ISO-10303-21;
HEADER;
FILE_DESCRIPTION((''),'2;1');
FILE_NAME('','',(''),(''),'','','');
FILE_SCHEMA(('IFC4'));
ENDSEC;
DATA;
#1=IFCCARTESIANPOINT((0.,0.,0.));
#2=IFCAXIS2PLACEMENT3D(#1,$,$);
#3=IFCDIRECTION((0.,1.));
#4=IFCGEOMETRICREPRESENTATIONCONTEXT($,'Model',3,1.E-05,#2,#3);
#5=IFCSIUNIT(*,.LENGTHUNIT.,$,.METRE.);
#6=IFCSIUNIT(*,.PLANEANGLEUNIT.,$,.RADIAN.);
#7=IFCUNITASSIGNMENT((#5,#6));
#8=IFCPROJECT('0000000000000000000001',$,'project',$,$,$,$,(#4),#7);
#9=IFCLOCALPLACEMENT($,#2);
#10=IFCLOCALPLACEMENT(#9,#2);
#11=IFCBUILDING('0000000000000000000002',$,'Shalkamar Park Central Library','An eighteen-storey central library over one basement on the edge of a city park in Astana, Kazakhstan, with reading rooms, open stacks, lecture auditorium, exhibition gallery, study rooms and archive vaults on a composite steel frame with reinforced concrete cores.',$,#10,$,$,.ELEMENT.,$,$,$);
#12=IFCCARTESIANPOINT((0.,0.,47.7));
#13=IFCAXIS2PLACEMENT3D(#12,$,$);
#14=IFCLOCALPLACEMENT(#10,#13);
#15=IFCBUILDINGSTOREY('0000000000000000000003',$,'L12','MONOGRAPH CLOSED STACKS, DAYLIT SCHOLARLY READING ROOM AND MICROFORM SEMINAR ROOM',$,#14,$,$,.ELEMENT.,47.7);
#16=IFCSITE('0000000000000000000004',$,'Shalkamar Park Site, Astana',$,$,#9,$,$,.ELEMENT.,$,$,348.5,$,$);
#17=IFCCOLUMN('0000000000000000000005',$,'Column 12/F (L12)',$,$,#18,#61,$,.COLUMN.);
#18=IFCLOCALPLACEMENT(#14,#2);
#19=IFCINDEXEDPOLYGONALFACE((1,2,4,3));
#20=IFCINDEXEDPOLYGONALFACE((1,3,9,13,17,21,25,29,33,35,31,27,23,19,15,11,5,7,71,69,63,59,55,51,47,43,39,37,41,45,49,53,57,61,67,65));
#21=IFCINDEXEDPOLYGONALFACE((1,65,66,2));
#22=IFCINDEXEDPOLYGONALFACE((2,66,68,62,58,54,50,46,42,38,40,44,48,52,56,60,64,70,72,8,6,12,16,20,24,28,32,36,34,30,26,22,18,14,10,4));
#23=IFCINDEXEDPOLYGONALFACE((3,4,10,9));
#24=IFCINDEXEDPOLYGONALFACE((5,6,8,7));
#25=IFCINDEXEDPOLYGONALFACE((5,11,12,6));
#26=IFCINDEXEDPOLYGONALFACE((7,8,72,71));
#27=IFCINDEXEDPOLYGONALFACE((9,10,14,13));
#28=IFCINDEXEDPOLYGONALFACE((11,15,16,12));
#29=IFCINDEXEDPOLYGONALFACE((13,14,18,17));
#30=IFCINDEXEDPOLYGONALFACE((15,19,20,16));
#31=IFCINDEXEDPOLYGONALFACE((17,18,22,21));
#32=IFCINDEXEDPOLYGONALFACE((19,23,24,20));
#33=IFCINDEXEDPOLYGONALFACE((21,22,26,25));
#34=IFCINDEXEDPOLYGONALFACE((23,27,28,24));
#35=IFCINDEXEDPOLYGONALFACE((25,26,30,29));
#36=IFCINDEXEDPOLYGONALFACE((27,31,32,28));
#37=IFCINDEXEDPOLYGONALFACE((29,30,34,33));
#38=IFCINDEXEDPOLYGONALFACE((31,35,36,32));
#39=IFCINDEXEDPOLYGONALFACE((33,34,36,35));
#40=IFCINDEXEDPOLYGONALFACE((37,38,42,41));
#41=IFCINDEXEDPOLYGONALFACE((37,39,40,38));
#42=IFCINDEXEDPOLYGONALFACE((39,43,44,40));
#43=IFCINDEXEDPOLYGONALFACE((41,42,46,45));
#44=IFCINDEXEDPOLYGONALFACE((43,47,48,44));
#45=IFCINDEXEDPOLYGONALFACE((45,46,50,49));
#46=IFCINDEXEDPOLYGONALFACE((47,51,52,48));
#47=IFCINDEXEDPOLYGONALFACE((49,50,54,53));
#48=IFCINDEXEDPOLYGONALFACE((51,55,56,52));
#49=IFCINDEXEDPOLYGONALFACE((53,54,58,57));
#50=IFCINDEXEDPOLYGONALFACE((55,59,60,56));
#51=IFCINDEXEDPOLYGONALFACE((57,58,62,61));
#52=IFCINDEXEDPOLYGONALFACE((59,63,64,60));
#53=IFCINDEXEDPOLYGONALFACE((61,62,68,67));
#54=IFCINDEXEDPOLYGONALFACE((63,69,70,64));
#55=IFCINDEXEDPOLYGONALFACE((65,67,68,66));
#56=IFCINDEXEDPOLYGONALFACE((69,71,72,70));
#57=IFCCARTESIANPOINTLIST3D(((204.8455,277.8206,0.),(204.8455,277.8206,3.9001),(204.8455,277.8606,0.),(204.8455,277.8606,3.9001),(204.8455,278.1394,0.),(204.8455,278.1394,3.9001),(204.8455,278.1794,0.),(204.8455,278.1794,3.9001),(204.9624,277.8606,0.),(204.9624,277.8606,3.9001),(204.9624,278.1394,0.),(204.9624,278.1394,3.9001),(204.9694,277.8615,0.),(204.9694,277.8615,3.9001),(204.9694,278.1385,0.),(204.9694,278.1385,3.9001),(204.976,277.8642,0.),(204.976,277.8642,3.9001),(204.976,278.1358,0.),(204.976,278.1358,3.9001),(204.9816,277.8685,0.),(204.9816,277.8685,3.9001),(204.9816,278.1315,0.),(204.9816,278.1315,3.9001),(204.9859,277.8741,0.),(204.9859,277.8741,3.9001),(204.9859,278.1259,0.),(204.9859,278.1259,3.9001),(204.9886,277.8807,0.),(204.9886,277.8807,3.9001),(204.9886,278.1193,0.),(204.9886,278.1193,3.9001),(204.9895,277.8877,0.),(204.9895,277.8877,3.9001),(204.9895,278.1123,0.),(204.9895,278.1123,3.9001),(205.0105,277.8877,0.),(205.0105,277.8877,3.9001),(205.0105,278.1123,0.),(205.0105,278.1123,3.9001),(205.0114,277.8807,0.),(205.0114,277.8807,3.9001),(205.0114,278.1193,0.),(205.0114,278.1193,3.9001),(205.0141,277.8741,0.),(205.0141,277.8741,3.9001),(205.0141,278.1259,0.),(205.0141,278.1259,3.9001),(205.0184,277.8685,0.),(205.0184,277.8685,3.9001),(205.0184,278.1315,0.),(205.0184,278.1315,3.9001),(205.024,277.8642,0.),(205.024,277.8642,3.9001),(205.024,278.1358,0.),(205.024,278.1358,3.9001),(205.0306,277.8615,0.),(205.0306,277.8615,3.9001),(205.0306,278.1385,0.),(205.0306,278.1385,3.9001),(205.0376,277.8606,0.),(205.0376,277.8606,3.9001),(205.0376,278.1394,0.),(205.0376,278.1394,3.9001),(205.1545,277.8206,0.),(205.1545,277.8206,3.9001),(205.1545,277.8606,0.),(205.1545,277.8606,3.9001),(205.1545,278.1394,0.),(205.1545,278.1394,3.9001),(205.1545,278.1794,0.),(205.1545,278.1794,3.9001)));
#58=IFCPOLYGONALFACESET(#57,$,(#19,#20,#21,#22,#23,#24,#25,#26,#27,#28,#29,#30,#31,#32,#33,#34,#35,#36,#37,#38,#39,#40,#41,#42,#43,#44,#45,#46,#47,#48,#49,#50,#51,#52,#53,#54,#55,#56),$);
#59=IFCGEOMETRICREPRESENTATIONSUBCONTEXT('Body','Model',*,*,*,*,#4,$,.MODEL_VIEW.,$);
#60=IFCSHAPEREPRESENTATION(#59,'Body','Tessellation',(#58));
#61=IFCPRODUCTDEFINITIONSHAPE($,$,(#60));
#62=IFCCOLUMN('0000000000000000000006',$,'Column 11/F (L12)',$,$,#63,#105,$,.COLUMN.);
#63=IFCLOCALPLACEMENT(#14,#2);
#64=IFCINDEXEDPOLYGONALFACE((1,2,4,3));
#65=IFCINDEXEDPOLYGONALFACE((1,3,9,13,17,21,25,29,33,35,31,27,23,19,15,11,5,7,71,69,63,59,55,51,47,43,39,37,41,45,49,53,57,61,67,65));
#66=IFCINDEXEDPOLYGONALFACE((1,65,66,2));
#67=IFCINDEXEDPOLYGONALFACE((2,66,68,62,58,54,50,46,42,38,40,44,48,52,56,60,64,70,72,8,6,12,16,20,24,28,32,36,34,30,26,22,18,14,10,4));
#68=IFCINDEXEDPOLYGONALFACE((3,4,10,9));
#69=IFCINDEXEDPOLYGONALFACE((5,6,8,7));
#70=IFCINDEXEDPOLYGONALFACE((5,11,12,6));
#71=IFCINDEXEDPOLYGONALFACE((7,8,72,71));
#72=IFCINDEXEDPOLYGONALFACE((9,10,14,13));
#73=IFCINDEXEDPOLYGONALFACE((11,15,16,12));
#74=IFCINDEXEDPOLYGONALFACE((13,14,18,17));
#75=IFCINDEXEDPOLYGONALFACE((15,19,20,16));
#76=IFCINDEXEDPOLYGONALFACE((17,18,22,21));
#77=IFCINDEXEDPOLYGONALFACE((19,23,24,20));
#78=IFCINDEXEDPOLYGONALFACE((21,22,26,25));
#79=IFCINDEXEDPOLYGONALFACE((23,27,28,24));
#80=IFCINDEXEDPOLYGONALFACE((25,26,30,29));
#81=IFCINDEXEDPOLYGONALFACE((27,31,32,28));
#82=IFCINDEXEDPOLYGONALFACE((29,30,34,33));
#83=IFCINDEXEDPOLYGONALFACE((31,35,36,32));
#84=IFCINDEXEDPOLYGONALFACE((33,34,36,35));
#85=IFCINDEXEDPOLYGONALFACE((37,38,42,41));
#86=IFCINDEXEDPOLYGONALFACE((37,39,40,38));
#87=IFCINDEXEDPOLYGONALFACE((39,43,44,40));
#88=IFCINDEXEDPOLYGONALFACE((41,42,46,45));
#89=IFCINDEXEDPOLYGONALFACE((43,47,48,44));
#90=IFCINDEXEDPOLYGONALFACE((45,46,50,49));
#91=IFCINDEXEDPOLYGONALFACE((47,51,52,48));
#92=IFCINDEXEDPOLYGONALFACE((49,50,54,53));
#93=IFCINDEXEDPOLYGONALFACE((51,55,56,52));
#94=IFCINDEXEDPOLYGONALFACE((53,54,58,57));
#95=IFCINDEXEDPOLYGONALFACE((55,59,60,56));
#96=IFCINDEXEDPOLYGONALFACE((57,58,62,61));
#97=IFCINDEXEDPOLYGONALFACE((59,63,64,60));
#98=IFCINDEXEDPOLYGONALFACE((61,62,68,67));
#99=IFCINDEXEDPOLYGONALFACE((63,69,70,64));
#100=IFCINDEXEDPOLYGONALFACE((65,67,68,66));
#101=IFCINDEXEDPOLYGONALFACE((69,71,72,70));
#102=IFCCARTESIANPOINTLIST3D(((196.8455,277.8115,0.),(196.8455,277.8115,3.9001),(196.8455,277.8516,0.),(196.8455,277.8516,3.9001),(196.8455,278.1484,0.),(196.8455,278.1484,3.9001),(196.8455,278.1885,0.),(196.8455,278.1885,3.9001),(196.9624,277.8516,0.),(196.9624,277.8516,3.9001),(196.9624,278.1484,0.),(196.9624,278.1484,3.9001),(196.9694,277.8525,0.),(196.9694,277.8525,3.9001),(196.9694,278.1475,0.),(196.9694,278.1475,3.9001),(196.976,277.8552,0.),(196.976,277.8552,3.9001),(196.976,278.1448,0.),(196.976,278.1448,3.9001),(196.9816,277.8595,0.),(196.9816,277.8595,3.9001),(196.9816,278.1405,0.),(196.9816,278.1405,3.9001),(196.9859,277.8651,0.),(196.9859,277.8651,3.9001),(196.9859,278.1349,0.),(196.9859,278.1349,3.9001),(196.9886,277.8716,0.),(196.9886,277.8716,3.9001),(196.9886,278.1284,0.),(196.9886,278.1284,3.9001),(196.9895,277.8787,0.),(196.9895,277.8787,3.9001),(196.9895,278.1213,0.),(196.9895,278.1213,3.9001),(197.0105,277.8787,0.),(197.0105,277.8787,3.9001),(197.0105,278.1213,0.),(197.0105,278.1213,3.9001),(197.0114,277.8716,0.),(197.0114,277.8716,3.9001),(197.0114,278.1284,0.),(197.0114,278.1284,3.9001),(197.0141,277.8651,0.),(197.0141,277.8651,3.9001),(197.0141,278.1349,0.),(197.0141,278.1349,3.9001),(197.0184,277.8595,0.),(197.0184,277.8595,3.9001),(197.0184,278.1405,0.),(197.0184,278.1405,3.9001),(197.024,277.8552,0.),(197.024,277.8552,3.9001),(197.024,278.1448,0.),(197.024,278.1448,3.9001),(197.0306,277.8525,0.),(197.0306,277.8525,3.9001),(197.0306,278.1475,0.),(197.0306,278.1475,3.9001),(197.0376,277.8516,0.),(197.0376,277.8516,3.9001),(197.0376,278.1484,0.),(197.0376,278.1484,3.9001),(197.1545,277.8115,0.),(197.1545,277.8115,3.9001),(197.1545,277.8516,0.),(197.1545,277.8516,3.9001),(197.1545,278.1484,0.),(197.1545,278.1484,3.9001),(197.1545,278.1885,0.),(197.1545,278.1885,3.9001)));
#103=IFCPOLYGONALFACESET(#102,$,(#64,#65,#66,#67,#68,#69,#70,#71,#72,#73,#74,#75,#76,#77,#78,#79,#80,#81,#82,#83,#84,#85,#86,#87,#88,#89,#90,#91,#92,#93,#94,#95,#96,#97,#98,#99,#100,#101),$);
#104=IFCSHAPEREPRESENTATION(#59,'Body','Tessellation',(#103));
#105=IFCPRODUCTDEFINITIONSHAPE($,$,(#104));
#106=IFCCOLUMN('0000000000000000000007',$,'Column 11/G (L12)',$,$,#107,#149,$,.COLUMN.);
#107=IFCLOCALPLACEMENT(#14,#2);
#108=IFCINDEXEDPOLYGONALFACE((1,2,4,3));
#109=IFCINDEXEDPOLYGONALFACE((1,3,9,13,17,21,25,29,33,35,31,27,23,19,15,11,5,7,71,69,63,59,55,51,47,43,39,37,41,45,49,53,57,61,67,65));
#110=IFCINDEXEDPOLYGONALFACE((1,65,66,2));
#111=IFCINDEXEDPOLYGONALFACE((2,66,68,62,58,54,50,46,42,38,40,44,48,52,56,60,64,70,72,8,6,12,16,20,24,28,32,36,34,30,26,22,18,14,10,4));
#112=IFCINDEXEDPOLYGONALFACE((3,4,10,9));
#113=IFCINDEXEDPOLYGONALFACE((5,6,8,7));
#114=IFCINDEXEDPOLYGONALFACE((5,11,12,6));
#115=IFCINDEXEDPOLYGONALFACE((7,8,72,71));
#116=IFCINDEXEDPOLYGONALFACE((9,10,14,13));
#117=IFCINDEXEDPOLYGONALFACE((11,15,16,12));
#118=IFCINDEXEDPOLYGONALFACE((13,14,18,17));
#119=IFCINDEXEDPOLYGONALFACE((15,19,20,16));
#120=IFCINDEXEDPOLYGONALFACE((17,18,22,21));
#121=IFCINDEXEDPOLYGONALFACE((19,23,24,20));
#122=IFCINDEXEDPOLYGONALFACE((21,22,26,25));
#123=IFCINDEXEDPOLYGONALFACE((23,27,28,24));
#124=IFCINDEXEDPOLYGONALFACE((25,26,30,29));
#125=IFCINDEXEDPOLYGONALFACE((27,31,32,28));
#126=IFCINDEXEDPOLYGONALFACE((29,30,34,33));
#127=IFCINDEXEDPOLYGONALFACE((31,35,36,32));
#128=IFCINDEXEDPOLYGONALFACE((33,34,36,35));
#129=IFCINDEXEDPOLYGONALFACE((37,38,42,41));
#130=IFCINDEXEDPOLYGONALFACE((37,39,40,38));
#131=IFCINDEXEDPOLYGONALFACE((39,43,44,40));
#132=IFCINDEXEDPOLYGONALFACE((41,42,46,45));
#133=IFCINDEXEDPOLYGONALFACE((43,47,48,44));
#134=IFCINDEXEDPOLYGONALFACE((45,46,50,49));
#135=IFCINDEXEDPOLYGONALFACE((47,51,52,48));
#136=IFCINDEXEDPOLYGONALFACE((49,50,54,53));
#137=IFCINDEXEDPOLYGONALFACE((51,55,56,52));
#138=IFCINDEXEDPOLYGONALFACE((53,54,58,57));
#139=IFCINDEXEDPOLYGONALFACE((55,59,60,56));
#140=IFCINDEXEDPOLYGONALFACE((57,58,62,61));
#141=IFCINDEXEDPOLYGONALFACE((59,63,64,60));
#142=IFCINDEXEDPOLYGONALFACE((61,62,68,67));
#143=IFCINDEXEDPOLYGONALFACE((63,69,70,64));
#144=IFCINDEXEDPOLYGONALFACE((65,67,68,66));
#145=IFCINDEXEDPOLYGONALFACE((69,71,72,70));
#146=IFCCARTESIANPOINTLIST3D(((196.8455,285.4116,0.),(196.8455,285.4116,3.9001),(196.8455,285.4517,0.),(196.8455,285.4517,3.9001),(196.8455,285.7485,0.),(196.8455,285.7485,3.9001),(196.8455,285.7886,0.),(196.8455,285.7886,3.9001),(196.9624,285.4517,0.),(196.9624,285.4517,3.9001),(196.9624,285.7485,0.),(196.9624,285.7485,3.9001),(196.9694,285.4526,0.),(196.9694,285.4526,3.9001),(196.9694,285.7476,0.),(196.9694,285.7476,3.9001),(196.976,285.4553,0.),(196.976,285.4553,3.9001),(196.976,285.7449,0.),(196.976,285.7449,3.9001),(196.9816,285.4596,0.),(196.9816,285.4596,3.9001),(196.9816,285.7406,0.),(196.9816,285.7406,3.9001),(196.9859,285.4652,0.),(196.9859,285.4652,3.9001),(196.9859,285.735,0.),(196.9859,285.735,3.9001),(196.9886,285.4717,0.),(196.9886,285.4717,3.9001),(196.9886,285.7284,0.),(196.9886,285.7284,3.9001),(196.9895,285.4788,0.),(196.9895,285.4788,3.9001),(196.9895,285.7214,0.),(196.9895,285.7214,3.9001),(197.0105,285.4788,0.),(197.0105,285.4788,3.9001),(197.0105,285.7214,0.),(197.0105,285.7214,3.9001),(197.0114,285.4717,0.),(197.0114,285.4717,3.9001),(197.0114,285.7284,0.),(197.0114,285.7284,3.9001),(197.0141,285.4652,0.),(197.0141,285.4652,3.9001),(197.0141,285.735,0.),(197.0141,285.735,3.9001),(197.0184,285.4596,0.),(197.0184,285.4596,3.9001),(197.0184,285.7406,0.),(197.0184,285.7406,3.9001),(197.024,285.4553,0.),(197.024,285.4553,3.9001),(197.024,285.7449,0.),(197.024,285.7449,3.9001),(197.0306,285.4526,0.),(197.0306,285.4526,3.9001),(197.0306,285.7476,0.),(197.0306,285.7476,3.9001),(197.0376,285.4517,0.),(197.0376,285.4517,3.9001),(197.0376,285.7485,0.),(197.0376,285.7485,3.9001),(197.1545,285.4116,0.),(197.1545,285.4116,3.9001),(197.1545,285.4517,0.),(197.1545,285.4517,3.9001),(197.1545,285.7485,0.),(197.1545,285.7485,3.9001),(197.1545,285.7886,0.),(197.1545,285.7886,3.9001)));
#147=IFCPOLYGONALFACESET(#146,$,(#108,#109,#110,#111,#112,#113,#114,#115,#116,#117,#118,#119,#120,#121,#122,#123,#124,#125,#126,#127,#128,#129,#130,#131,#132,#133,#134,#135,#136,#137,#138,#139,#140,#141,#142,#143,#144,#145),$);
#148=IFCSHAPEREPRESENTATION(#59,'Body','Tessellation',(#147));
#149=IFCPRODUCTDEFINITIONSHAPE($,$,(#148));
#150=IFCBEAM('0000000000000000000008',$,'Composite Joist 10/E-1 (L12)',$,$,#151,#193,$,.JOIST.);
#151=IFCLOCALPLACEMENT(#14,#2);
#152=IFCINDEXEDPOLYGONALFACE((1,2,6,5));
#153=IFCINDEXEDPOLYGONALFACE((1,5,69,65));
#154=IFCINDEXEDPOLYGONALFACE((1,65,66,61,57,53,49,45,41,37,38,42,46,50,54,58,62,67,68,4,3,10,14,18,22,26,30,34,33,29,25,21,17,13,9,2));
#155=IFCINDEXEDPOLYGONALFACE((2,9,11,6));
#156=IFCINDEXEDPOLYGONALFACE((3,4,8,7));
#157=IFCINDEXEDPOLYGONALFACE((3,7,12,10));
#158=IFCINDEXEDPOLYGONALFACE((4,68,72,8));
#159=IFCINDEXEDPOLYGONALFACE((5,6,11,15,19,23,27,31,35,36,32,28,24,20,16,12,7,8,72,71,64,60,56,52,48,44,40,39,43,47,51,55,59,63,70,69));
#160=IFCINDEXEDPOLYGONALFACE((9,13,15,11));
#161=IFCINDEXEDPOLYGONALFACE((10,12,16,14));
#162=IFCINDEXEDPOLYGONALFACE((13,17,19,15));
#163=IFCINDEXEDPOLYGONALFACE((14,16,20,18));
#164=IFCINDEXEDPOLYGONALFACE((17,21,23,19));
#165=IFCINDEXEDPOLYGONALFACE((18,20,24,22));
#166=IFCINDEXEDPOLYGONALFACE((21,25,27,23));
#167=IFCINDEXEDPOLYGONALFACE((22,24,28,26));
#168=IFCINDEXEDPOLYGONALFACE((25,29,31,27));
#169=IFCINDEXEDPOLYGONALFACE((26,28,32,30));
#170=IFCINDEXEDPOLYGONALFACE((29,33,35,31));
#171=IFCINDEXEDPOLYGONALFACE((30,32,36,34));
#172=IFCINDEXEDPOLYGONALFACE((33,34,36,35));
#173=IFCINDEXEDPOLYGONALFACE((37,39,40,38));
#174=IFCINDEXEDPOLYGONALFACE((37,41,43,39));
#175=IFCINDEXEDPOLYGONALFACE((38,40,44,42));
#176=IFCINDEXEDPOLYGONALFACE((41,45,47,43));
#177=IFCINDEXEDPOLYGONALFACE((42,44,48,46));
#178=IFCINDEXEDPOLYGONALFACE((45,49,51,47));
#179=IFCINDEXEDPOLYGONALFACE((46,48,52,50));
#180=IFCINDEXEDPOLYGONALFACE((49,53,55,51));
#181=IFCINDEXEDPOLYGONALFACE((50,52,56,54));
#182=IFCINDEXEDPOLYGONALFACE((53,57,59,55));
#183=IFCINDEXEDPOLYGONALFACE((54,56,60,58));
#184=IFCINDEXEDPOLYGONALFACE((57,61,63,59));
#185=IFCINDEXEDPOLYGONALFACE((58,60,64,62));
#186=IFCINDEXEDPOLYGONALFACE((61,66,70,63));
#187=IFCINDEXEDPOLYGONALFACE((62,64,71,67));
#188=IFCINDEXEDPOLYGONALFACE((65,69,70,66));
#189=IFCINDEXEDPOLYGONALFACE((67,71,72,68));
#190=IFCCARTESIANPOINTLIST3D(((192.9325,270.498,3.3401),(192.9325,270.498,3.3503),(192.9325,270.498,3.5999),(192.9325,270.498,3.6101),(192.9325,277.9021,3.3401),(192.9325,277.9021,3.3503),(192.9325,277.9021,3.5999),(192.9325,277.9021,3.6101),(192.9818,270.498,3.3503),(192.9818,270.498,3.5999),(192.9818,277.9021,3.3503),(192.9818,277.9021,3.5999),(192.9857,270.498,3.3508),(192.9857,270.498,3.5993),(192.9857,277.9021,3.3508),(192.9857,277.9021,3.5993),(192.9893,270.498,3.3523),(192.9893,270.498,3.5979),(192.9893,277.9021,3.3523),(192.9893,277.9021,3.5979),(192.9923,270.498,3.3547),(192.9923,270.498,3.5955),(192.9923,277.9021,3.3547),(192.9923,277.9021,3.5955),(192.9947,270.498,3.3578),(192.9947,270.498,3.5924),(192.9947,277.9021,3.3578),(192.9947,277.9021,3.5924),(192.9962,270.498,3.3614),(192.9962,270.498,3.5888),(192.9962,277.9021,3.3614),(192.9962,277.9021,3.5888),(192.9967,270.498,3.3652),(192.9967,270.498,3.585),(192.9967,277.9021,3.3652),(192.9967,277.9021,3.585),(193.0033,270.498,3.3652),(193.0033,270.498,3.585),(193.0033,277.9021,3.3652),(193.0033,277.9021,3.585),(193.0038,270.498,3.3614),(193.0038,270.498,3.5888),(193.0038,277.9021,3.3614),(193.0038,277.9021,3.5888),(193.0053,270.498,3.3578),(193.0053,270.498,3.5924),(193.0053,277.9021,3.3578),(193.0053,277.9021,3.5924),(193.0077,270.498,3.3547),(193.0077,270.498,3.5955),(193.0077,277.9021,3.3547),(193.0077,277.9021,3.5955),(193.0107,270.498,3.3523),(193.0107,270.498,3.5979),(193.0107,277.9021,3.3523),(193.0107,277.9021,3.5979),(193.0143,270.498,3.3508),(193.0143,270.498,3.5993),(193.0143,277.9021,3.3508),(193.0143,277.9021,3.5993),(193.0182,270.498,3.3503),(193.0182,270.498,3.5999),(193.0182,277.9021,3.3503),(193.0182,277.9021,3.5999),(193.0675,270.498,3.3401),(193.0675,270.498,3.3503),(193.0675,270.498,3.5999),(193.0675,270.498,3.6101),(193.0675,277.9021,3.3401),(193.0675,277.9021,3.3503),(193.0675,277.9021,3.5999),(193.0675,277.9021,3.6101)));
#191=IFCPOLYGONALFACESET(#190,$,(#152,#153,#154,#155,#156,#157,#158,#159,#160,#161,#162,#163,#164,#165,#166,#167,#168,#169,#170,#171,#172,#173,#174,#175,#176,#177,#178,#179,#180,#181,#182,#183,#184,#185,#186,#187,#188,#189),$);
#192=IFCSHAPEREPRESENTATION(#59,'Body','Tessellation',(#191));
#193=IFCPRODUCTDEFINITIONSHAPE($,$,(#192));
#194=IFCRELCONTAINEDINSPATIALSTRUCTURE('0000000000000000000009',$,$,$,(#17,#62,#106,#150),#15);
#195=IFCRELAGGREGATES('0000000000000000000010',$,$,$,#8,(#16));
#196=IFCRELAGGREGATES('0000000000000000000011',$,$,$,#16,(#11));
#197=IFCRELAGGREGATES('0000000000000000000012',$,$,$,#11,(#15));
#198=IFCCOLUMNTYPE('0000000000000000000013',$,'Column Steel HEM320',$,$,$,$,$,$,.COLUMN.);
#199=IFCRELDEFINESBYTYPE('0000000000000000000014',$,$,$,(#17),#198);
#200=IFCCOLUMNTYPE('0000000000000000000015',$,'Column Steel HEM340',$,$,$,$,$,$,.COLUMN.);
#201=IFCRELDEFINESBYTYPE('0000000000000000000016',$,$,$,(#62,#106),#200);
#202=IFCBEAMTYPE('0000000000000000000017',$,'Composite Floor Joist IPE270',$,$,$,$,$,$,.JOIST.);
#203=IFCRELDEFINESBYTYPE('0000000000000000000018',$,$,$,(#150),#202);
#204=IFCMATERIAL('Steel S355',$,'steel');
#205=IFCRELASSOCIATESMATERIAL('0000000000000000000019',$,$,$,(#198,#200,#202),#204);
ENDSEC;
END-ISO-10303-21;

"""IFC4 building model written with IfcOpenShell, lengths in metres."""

from ifc_helpers import new_model, si_unit, direction, frame, origin, origin_2d, place, context, subcontext, project, spatial, i_section, extrude, material, material_profile, profile_set, type_object, element, save


model = new_model("IFC4")

# Units and contexts
model_context = context("Model", 3, precision=1e-05, world=origin(), true_north=direction((0.0, 1.0)))
body_context = subcontext(model_context, "Body", "Model", "MODEL_VIEW")
ifc_project = project(units=[si_unit("LENGTHUNIT", "METRE"), si_unit("PLANEANGLEUNIT", "RADIAN")], contexts=[model_context])

# Site, building, storey
site_placement = place(None, origin())
site = spatial("IfcSite", under=ifc_project, at=site_placement, Name="Shalkamar Park Site, Astana", CompositionType="ELEMENT", RefElevation=348.5)
building_placement = place(site_placement, origin())
building = spatial("IfcBuilding", under=site, at=building_placement, Name="Shalkamar Park Central Library", Description="An eighteen-storey central library over one basement on the edge of a city park in Astana, Kazakhstan, with reading rooms, open stacks, lecture auditorium, exhibition gallery, study rooms and archive vaults on a composite steel frame with reinforced concrete cores.", CompositionType="ELEMENT")
storey_placement = place(building_placement, frame((0.0, 0.0, 47.7)))
storey = spatial("IfcBuildingStorey", under=building, at=storey_placement, Name="L12", Description="MONOGRAPH CLOSED STACKS, DAYLIT SCHOLARLY READING ROOM AND MICROFORM SEMINAR ROOM", CompositionType="ELEMENT", Elevation=47.7)

# Columns
ifc_material_1 = material(Name="Steel S355", Category="steel")
ifc_material_profile_1 = material_profile(ifc_material_1, i_section(OverallWidth=0.3091, OverallDepth=0.3589, WebThickness=0.021, FlangeThickness=0.04, FilletRadius=0.0271, at=origin_2d()), Name="HEM 320")
ifc_profile_set_1 = profile_set([ifc_material_profile_1], Name="Steel S355")
column_type_1 = type_object("IfcColumnType", Name="Column Steel HEM320", PredefinedType="COLUMN", material=ifc_profile_set_1)
column_placement = place(storey_placement, frame((205.0, 278.0, 0.0), z_axis=(0.0, 0.0, 1.0), x_axis=(1.0, 0.0, 0.0)))
element("IfcColumn", 1, at=column_placement, inside=storey, type_object=column_type_1, Name="Column 12/F (L12)", PredefinedType="COLUMN", context=body_context, shape_type="SweptSolid", body=[
    extrude(i_section(OverallWidth=0.3091, OverallDepth=0.3589, WebThickness=0.021, FlangeThickness=0.04, FilletRadius=0.0271, at=origin_2d()), origin(), (0.0, 0.0, 1.0), 3.9001),
])
ifc_material_profile_2 = material_profile(ifc_material_1, i_section(OverallWidth=0.3091, OverallDepth=0.377, WebThickness=0.021, FlangeThickness=0.04, FilletRadius=0.0271, at=origin_2d()), Name="HEM 340")
ifc_profile_set_2 = profile_set([ifc_material_profile_2], Name="Steel S355")
column_type_2 = type_object("IfcColumnType", Name="Column Steel HEM340", PredefinedType="COLUMN", material=ifc_profile_set_2)
for number, where, z_axis, x_axis, name in (
    (2, (197.0, 278.0, 0.0), (0.0, 0.0, 1.0), (1.0, 0.0, 0.0), "Column 11/F (L12)"),
    (3, (197.0, 285.6001, 0.0), (0.0, 0.0, 1.0), (1.0, 0.0, 0.0), "Column 11/G (L12)"),
):
    element("IfcColumn", number, at=place(storey_placement, frame(where, z_axis=z_axis, x_axis=x_axis)), inside=storey, type_object=column_type_2, Name=name, PredefinedType="COLUMN", context=body_context, shape_type="SweptSolid", body=[
        extrude(i_section(OverallWidth=0.3091, OverallDepth=0.377, WebThickness=0.021, FlangeThickness=0.04, FilletRadius=0.0271, at=origin_2d()), origin(), (0.0, 0.0, 1.0), 3.9001),
    ])

# Beam
ifc_material_profile_3 = material_profile(ifc_material_1, i_section(OverallWidth=0.135, OverallDepth=0.27, WebThickness=0.0066, FlangeThickness=0.0103, FilletRadius=0.0149, at=origin_2d()), Name="IPE 270")
ifc_profile_set_3 = profile_set([ifc_material_profile_3], Name="Steel S355")
beam_type_1 = type_object("IfcBeamType", Name="Composite Floor Joist IPE270", PredefinedType="JOIST", material=ifc_profile_set_3)
beam_1_placement = place(storey_placement, frame((193.0, 270.498, 3.4751), z_axis=(0.0, 1.0, 0.0), x_axis=(-1.0, 0.0, 0.0)))
element("IfcBeam", 4, at=beam_1_placement, inside=storey, type_object=beam_type_1, Name="Composite Joist 10/E-1 (L12)", PredefinedType="JOIST", context=body_context, shape_type="SweptSolid", body=[
    extrude(i_section(OverallWidth=0.135, OverallDepth=0.27, WebThickness=0.0066, FlangeThickness=0.0103, FilletRadius=0.0149, at=origin_2d()), origin(), (0.0, 0.0, 1.0), 7.4041),
])

save(model, "model.ifc")
